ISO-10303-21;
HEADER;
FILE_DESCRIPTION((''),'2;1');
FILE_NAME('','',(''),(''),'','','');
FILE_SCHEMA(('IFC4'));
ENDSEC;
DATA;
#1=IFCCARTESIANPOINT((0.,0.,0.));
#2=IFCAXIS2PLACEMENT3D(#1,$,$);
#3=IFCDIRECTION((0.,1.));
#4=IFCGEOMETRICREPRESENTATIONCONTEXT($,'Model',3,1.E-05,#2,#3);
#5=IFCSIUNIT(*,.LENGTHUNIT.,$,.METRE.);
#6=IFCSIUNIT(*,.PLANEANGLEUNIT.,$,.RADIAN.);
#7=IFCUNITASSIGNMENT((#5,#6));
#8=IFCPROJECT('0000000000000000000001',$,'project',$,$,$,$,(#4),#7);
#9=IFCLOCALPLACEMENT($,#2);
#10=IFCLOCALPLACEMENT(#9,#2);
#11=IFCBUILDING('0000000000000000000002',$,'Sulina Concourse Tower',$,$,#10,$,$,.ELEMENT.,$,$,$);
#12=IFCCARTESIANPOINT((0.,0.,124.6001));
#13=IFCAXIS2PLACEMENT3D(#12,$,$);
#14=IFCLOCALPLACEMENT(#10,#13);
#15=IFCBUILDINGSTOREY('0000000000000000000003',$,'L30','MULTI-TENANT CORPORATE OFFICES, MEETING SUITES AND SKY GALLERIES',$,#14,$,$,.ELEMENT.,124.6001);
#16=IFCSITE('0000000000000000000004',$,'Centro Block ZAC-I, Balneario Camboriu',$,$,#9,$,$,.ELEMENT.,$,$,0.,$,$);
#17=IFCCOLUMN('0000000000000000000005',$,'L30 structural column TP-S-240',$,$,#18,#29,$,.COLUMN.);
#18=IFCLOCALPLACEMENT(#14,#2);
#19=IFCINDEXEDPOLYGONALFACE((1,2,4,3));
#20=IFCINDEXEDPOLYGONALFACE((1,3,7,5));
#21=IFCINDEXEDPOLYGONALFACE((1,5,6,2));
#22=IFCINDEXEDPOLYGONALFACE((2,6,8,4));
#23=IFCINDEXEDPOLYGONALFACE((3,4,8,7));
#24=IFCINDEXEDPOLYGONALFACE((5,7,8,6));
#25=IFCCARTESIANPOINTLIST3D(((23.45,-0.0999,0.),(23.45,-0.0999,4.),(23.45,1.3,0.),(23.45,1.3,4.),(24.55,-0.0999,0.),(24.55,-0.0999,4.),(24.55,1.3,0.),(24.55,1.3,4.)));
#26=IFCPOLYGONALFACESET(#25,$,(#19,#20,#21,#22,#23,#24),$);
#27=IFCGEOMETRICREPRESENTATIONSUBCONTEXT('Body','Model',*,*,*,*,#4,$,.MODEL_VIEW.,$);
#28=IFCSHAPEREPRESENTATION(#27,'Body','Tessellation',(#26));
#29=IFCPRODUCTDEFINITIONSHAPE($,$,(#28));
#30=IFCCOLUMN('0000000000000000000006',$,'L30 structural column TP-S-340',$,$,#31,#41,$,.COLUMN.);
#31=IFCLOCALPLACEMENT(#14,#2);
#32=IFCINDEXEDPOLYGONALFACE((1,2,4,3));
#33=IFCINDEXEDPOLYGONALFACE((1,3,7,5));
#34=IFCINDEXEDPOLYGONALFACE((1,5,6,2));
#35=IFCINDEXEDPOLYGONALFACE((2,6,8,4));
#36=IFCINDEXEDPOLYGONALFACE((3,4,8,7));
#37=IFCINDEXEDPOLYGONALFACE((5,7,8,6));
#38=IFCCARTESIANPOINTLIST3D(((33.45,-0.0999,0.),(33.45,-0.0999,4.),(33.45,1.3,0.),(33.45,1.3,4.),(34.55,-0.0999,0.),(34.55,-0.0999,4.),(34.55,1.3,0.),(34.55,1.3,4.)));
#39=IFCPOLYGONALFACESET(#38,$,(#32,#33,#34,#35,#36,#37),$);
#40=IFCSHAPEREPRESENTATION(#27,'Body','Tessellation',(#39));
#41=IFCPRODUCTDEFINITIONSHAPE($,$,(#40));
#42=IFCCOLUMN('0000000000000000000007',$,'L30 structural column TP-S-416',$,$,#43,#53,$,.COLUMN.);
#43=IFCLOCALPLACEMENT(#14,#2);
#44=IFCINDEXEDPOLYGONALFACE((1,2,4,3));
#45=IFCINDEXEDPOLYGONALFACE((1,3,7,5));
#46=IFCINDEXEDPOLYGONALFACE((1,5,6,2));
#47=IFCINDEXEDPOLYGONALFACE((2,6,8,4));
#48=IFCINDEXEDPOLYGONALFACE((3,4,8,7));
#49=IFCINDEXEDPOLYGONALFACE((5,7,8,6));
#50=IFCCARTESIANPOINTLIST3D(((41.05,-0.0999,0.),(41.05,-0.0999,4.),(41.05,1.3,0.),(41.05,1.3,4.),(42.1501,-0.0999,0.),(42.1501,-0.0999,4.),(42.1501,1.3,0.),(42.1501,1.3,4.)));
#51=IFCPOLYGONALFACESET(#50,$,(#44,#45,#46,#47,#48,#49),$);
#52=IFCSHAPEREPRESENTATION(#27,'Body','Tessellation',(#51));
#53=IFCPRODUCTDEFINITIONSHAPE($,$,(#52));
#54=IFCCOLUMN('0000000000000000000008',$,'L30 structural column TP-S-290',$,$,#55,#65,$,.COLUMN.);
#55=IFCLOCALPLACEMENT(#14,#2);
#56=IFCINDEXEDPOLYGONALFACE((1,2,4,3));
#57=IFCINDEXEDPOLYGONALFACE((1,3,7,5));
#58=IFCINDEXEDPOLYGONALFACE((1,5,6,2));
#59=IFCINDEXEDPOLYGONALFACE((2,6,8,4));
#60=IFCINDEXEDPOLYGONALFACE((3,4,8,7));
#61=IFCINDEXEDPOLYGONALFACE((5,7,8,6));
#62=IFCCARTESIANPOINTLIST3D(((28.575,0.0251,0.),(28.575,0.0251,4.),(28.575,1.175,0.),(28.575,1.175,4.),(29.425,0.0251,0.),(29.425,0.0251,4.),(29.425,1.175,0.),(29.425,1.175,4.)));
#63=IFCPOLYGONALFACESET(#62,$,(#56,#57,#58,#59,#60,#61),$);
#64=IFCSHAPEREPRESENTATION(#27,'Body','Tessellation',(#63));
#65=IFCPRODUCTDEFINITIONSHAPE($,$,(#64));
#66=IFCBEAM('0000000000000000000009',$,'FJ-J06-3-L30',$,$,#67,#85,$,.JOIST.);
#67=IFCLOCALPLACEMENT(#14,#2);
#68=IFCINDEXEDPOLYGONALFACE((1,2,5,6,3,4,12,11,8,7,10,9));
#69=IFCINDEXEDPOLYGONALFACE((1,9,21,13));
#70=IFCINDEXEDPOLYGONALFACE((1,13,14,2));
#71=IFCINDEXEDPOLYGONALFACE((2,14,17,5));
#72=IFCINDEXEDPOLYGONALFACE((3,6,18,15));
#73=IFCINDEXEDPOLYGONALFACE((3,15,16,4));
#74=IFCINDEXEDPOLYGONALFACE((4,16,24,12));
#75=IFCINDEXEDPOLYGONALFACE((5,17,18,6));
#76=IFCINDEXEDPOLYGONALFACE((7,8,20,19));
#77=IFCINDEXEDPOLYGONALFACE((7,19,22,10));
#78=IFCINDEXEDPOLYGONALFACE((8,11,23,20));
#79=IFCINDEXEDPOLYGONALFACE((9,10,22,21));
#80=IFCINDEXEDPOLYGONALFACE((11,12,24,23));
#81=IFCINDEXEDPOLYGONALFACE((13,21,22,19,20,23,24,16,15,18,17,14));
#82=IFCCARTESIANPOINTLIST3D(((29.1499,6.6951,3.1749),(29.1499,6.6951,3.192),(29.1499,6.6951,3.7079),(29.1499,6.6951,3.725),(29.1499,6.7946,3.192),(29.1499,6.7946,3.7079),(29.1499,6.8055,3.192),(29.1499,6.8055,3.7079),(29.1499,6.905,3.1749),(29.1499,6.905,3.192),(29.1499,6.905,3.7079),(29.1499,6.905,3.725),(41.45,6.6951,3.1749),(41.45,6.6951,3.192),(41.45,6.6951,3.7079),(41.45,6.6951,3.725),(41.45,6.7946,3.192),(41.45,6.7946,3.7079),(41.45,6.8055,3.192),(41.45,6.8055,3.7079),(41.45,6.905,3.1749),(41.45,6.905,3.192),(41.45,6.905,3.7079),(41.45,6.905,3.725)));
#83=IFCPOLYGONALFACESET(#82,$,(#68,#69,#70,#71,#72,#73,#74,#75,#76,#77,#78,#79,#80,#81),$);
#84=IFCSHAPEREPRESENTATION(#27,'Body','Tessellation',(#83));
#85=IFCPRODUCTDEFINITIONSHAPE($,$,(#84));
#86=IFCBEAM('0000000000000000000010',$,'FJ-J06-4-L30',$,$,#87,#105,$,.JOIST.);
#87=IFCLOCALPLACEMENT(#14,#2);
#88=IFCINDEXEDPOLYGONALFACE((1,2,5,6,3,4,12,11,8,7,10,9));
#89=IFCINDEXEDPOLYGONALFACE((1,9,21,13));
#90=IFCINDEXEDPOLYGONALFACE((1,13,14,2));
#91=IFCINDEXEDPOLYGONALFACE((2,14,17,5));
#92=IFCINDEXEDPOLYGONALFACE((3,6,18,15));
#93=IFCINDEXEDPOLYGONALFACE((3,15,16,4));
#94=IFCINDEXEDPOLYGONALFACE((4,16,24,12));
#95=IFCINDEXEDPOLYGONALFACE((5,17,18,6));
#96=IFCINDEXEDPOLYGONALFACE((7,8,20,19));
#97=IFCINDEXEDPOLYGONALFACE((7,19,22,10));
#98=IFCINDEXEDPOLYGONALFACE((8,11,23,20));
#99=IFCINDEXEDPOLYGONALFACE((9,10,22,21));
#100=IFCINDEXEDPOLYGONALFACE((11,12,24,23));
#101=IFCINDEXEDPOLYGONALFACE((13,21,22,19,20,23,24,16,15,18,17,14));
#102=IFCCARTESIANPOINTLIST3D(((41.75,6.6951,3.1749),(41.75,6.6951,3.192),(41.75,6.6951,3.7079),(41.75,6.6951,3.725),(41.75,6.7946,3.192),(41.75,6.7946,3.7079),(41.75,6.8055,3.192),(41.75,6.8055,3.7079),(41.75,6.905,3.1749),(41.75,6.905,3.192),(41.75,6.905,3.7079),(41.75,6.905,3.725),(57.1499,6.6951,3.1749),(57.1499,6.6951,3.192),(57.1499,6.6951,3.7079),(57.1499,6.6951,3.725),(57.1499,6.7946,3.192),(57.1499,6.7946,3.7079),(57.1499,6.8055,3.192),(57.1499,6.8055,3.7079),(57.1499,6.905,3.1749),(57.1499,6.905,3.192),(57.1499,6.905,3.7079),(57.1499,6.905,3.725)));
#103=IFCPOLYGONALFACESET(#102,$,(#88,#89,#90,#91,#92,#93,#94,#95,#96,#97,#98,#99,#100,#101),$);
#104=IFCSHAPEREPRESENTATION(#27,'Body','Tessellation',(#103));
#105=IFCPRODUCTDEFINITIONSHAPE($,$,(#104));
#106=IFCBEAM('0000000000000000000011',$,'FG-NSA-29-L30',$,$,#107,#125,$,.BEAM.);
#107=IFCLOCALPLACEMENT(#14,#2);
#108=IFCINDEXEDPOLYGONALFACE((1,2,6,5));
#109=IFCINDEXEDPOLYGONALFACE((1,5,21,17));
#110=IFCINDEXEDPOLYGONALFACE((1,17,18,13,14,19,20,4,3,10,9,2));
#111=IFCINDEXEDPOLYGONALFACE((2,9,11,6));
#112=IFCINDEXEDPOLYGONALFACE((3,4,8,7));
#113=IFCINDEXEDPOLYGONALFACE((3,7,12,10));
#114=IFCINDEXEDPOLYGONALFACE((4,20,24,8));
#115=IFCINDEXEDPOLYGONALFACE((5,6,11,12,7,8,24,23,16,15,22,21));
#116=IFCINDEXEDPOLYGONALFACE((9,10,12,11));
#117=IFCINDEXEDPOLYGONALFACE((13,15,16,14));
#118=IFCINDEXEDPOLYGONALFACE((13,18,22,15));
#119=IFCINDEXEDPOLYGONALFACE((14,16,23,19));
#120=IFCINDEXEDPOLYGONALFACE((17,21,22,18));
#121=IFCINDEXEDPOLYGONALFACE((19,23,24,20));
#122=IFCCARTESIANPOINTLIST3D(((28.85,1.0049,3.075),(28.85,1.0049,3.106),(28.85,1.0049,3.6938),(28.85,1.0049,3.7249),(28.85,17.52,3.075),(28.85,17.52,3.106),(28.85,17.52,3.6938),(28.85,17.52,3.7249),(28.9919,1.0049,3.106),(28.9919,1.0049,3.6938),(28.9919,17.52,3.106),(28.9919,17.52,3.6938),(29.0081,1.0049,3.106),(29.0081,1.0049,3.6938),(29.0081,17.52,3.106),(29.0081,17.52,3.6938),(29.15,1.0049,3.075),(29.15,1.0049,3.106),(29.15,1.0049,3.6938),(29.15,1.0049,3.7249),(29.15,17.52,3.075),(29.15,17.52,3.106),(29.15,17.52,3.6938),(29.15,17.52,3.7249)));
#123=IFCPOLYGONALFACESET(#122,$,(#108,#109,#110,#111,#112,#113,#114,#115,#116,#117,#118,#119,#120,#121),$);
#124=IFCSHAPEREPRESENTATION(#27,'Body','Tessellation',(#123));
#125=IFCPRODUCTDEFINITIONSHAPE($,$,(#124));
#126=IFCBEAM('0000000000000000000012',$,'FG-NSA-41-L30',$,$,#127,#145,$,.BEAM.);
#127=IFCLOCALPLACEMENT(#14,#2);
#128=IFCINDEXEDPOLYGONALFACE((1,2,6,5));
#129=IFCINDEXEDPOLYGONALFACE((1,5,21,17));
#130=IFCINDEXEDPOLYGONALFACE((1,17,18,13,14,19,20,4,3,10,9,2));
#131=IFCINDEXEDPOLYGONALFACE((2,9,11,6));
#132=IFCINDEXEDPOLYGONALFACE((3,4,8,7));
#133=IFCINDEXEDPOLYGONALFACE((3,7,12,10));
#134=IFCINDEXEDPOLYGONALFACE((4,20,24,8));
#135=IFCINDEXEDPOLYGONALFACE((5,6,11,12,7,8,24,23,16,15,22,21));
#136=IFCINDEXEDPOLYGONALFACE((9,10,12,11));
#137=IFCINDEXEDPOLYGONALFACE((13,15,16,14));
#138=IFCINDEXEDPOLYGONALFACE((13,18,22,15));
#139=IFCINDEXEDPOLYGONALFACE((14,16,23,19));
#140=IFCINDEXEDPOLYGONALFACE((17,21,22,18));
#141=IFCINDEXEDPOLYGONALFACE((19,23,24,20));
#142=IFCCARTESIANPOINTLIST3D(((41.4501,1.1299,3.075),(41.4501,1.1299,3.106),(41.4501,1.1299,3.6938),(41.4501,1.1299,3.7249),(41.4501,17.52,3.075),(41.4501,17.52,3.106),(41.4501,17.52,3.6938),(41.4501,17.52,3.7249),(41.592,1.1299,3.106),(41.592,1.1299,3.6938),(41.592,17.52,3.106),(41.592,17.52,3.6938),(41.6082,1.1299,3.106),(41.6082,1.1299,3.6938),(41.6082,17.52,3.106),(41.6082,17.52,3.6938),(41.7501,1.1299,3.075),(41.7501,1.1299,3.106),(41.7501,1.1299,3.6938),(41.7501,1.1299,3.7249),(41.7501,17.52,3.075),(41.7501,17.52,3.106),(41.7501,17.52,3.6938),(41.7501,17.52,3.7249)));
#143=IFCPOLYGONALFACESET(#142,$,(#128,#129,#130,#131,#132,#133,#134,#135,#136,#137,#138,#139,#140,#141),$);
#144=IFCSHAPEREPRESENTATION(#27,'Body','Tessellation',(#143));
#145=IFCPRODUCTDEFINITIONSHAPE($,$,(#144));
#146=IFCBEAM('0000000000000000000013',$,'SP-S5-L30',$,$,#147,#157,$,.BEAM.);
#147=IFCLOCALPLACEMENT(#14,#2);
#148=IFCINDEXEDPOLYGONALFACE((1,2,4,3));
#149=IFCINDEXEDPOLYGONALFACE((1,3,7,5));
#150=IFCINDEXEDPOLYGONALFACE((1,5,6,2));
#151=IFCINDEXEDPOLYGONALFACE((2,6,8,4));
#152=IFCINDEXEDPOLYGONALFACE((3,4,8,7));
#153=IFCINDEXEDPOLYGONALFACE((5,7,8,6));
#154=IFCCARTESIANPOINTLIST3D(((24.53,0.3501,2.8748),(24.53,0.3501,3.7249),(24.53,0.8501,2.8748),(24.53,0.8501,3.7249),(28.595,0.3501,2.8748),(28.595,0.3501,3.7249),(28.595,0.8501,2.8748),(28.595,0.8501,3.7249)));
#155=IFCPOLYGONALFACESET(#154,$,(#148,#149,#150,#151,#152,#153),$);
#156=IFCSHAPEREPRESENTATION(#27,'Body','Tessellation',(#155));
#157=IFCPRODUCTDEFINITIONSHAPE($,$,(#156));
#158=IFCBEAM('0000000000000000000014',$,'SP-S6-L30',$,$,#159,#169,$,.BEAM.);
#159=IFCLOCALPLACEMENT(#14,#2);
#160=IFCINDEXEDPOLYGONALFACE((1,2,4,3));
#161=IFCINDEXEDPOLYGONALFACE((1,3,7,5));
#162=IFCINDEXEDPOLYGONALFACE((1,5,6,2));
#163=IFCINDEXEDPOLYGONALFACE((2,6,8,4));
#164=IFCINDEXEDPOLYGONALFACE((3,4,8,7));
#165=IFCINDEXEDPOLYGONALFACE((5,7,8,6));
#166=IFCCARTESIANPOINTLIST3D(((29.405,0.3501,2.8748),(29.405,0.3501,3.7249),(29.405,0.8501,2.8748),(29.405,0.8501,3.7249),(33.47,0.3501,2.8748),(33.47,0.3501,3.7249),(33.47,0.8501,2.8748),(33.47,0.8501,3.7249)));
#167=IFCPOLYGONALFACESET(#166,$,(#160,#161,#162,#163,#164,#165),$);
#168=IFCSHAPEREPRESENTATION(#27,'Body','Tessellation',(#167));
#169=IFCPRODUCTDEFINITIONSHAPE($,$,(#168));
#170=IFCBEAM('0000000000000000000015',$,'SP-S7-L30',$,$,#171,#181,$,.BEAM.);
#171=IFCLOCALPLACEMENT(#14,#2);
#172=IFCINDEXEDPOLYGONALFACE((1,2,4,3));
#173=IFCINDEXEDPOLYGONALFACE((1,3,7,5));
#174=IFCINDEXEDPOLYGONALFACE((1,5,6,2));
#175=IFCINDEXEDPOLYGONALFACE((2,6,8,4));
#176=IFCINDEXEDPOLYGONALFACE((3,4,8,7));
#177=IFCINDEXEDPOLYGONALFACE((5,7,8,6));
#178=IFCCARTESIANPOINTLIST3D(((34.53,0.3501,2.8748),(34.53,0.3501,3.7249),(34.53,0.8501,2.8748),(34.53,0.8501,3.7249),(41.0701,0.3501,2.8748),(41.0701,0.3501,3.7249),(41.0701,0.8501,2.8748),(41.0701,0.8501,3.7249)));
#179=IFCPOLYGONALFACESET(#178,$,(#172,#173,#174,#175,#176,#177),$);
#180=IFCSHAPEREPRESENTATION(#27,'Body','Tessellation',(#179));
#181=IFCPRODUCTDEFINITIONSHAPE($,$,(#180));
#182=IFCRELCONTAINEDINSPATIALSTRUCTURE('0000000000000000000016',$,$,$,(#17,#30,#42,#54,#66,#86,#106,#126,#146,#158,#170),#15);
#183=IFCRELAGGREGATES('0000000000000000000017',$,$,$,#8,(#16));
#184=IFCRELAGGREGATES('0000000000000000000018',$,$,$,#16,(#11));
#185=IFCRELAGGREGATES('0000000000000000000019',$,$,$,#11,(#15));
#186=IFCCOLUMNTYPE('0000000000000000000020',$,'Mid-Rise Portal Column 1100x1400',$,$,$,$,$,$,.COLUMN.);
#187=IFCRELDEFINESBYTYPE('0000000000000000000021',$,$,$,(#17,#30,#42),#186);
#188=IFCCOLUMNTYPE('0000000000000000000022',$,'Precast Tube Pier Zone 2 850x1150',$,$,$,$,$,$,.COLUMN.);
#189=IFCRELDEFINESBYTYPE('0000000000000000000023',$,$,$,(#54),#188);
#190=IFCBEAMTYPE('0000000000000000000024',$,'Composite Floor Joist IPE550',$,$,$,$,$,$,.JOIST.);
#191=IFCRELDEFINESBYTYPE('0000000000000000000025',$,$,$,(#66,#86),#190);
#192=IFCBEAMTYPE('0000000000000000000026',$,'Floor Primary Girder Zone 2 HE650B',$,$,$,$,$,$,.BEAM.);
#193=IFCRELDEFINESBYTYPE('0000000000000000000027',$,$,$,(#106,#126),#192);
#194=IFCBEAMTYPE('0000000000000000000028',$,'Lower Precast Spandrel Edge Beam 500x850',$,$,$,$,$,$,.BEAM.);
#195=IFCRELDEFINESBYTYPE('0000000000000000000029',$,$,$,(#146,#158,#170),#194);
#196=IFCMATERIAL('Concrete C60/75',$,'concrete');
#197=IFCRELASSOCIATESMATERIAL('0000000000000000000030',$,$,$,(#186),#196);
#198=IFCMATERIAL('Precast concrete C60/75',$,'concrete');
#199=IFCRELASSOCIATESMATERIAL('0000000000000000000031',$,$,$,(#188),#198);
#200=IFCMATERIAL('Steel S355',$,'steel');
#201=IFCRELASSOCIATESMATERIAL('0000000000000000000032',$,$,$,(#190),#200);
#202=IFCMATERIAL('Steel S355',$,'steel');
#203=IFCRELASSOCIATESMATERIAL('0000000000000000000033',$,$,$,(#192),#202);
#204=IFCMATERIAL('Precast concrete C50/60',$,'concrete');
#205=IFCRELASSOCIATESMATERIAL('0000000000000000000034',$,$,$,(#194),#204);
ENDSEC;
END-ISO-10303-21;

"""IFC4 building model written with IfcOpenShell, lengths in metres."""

from ifc_helpers import new_model, si_unit, direction, frame, origin, origin_2d, place, context, subcontext, project, spatial, rectangle, i_section, extrude, material, material_profile, profile_set, type_object, element, save


model = new_model("IFC4")

# Units and contexts
model_context = context("Model", 3, precision=1e-05, world=origin(), true_north=direction((0.0, 1.0)))
body_context = subcontext(model_context, "Body", "Model", "MODEL_VIEW")
ifc_project = project(units=[si_unit("LENGTHUNIT", "METRE"), si_unit("PLANEANGLEUNIT", "RADIAN")], contexts=[model_context])

# Site, building, storey
site_placement = place(None, origin())
site = spatial("IfcSite", under=ifc_project, at=site_placement, Name="Centro Block ZAC-I, Balneario Camboriu", CompositionType="ELEMENT", RefElevation=0.0)
building_placement = place(site_placement, origin())
building = spatial("IfcBuilding", under=site, at=building_placement, Name="Sulina Concourse Tower", CompositionType="ELEMENT")
storey_placement = place(building_placement, frame((0.0, 0.0, 124.6001)))
storey = spatial("IfcBuildingStorey", under=building, at=storey_placement, Name="L30", Description="MULTI-TENANT CORPORATE OFFICES, MEETING SUITES AND SKY GALLERIES", CompositionType="ELEMENT", Elevation=124.6001)

# Columns
ifc_material_1 = material(Name="Concrete C60/75", Category="concrete")
ifc_material_profile_1 = material_profile(ifc_material_1, rectangle(XDim=1.1001, YDim=1.3999, at=origin_2d()), Name="RC 1100x1400")
ifc_profile_set_1 = profile_set([ifc_material_profile_1], Name="Concrete C60/75")
column_type_1 = type_object("IfcColumnType", Name="Mid-Rise Portal Column 1100x1400", PredefinedType="COLUMN", material=ifc_profile_set_1)
for number, where, z_axis, x_axis, name in (
    (1, (24.0, 0.6001, 0.0), (0.0, 0.0, 1.0), (1.0, 0.0, 0.0), "L30 structural column TP-S-240"),
    (2, (34.0, 0.6001, 0.0), (0.0, 0.0, 1.0), (1.0, 0.0, 0.0), "L30 structural column TP-S-340"),
    (3, (41.6001, 0.6001, 0.0), (0.0, 0.0, 1.0), (1.0, 0.0, 0.0), "L30 structural column TP-S-416"),
):
    element("IfcColumn", number, at=place(storey_placement, frame(where, z_axis=z_axis, x_axis=x_axis)), inside=storey, type_object=column_type_1, Name=name, PredefinedType="COLUMN", context=body_context, shape_type="SweptSolid", body=[
        extrude(rectangle(XDim=1.1001, YDim=1.3999, at=origin_2d()), origin(), (0.0, 0.0, 1.0), 4.0),
    ])
ifc_material_2 = material(Name="Precast concrete C60/75", Category="concrete")
ifc_material_profile_2 = material_profile(ifc_material_2, rectangle(XDim=0.8501, YDim=1.1499, at=origin_2d()), Name="PC 850x1150")
ifc_profile_set_2 = profile_set([ifc_material_profile_2], Name="Precast concrete C60/75")
column_type_2 = type_object("IfcColumnType", Name="Precast Tube Pier Zone 2 850x1150", PredefinedType="COLUMN", material=ifc_profile_set_2)
column_placement = place(storey_placement, frame((29.0, 0.6001, 0.0), z_axis=(0.0, 0.0, 1.0), x_axis=(1.0, 0.0, 0.0)))
element("IfcColumn", 4, at=column_placement, inside=storey, type_object=column_type_2, Name="L30 structural column TP-S-290", PredefinedType="COLUMN", context=body_context, shape_type="SweptSolid", body=[
    extrude(rectangle(XDim=0.8501, YDim=1.1499, at=origin_2d()), origin(), (0.0, 0.0, 1.0), 4.0),
])

# Beams
ifc_material_3 = material(Name="Steel S355", Category="steel")
ifc_material_profile_3 = material_profile(ifc_material_3, i_section(OverallWidth=0.21, OverallDepth=0.55, WebThickness=0.011, FlangeThickness=0.0171, at=origin_2d()), Name="IPE 550")
ifc_profile_set_3 = profile_set([ifc_material_profile_3], Name="Steel S355")
beam_type_1 = type_object("IfcBeamType", Name="Composite Floor Joist IPE550", PredefinedType="JOIST", material=ifc_profile_set_3)
beam_1_placement = place(storey_placement, frame((29.1499, 6.8, 3.45), z_axis=(1.0, 0.0, 0.0), x_axis=(0.0, 1.0, 0.0)))
element("IfcBeam", 5, at=beam_1_placement, inside=storey, type_object=beam_type_1, Name="FJ-J06-3-L30", PredefinedType="JOIST", context=body_context, shape_type="SweptSolid", body=[
    extrude(i_section(OverallWidth=0.21, OverallDepth=0.55, WebThickness=0.011, FlangeThickness=0.0171, at=origin_2d()), origin(), (0.0, 0.0, 1.0), 12.3),
])
beam_2_placement = place(storey_placement, frame((41.75, 6.8, 3.45), z_axis=(1.0, 0.0, 0.0), x_axis=(0.0, 1.0, 0.0)))
element("IfcBeam", 6, at=beam_2_placement, inside=storey, type_object=beam_type_1, Name="FJ-J06-4-L30", PredefinedType="JOIST", context=body_context, shape_type="SweptSolid", body=[
    extrude(i_section(OverallWidth=0.21, OverallDepth=0.55, WebThickness=0.011, FlangeThickness=0.0171, at=origin_2d()), origin(), (0.0, 0.0, 1.0), 15.3999),
])
ifc_material_4 = material(Name="Steel S355", Category="steel")
ifc_material_profile_4 = material_profile(ifc_material_4, i_section(OverallWidth=0.3, OverallDepth=0.6499, WebThickness=0.0161, FlangeThickness=0.031, at=origin_2d()), Name="HE 650 B")
ifc_profile_set_4 = profile_set([ifc_material_profile_4], Name="Steel S355")
beam_type_2 = type_object("IfcBeamType", Name="Floor Primary Girder Zone 2 HE650B", PredefinedType="BEAM", material=ifc_profile_set_4)
beam_3_placement = place(storey_placement, frame((29.0, 1.0049, 3.3999), z_axis=(0.0, 1.0, 0.0), x_axis=(-1.0, 0.0, 0.0)))
element("IfcBeam", 7, at=beam_3_placement, inside=storey, type_object=beam_type_2, Name="FG-NSA-29-L30", PredefinedType="BEAM", context=body_context, shape_type="SweptSolid", body=[
    extrude(i_section(OverallWidth=0.3, OverallDepth=0.6499, WebThickness=0.0161, FlangeThickness=0.031, at=origin_2d()), origin(), (0.0, 0.0, 1.0), 16.5151),
])
beam_4_placement = place(storey_placement, frame((41.6001, 1.1299, 3.3999), z_axis=(0.0, 1.0, 0.0), x_axis=(-1.0, 0.0, 0.0)))
element("IfcBeam", 8, at=beam_4_placement, inside=storey, type_object=beam_type_2, Name="FG-NSA-41-L30", PredefinedType="BEAM", context=body_context, shape_type="SweptSolid", body=[
    extrude(i_section(OverallWidth=0.3, OverallDepth=0.6499, WebThickness=0.0161, FlangeThickness=0.031, at=origin_2d()), origin(), (0.0, 0.0, 1.0), 16.3901),
])
ifc_material_5 = material(Name="Precast concrete C50/60", Category="concrete")
ifc_material_profile_5 = material_profile(ifc_material_5, rectangle(XDim=0.5, YDim=0.8501, at=origin_2d()), Name="RC 500x850")
ifc_profile_set_5 = profile_set([ifc_material_profile_5], Name="Precast concrete C50/60")
beam_type_3 = type_object("IfcBeamType", Name="Lower Precast Spandrel Edge Beam 500x850", PredefinedType="BEAM", material=ifc_profile_set_5)
for number, where, z_axis, x_axis, name in (
    (9, (24.53, 0.6001, 3.2998), (1.0, 0.0, 0.0), (0.0, 1.0, 0.0), "SP-S5-L30"),
    (10, (29.405, 0.6001, 3.2998), (1.0, 0.0, 0.0), (0.0, 1.0, 0.0), "SP-S6-L30"),
):
    element("IfcBeam", number, at=place(storey_placement, frame(where, z_axis=z_axis, x_axis=x_axis)), inside=storey, type_object=beam_type_3, Name=name, PredefinedType="BEAM", context=body_context, shape_type="SweptSolid", body=[
        extrude(rectangle(XDim=0.5, YDim=0.8501, at=origin_2d()), origin(), (0.0, 0.0, 1.0), 4.0649),
    ])
beam_5_placement = place(storey_placement, frame((34.53, 0.6001, 3.2998), z_axis=(1.0, 0.0, 0.0), x_axis=(0.0, 1.0, 0.0)))
element("IfcBeam", 11, at=beam_5_placement, inside=storey, type_object=beam_type_3, Name="SP-S7-L30", PredefinedType="BEAM", context=body_context, shape_type="SweptSolid", body=[
    extrude(rectangle(XDim=0.5, YDim=0.8501, at=origin_2d()), origin(), (0.0, 0.0, 1.0), 6.54),
])

save(model, "model.ifc")
